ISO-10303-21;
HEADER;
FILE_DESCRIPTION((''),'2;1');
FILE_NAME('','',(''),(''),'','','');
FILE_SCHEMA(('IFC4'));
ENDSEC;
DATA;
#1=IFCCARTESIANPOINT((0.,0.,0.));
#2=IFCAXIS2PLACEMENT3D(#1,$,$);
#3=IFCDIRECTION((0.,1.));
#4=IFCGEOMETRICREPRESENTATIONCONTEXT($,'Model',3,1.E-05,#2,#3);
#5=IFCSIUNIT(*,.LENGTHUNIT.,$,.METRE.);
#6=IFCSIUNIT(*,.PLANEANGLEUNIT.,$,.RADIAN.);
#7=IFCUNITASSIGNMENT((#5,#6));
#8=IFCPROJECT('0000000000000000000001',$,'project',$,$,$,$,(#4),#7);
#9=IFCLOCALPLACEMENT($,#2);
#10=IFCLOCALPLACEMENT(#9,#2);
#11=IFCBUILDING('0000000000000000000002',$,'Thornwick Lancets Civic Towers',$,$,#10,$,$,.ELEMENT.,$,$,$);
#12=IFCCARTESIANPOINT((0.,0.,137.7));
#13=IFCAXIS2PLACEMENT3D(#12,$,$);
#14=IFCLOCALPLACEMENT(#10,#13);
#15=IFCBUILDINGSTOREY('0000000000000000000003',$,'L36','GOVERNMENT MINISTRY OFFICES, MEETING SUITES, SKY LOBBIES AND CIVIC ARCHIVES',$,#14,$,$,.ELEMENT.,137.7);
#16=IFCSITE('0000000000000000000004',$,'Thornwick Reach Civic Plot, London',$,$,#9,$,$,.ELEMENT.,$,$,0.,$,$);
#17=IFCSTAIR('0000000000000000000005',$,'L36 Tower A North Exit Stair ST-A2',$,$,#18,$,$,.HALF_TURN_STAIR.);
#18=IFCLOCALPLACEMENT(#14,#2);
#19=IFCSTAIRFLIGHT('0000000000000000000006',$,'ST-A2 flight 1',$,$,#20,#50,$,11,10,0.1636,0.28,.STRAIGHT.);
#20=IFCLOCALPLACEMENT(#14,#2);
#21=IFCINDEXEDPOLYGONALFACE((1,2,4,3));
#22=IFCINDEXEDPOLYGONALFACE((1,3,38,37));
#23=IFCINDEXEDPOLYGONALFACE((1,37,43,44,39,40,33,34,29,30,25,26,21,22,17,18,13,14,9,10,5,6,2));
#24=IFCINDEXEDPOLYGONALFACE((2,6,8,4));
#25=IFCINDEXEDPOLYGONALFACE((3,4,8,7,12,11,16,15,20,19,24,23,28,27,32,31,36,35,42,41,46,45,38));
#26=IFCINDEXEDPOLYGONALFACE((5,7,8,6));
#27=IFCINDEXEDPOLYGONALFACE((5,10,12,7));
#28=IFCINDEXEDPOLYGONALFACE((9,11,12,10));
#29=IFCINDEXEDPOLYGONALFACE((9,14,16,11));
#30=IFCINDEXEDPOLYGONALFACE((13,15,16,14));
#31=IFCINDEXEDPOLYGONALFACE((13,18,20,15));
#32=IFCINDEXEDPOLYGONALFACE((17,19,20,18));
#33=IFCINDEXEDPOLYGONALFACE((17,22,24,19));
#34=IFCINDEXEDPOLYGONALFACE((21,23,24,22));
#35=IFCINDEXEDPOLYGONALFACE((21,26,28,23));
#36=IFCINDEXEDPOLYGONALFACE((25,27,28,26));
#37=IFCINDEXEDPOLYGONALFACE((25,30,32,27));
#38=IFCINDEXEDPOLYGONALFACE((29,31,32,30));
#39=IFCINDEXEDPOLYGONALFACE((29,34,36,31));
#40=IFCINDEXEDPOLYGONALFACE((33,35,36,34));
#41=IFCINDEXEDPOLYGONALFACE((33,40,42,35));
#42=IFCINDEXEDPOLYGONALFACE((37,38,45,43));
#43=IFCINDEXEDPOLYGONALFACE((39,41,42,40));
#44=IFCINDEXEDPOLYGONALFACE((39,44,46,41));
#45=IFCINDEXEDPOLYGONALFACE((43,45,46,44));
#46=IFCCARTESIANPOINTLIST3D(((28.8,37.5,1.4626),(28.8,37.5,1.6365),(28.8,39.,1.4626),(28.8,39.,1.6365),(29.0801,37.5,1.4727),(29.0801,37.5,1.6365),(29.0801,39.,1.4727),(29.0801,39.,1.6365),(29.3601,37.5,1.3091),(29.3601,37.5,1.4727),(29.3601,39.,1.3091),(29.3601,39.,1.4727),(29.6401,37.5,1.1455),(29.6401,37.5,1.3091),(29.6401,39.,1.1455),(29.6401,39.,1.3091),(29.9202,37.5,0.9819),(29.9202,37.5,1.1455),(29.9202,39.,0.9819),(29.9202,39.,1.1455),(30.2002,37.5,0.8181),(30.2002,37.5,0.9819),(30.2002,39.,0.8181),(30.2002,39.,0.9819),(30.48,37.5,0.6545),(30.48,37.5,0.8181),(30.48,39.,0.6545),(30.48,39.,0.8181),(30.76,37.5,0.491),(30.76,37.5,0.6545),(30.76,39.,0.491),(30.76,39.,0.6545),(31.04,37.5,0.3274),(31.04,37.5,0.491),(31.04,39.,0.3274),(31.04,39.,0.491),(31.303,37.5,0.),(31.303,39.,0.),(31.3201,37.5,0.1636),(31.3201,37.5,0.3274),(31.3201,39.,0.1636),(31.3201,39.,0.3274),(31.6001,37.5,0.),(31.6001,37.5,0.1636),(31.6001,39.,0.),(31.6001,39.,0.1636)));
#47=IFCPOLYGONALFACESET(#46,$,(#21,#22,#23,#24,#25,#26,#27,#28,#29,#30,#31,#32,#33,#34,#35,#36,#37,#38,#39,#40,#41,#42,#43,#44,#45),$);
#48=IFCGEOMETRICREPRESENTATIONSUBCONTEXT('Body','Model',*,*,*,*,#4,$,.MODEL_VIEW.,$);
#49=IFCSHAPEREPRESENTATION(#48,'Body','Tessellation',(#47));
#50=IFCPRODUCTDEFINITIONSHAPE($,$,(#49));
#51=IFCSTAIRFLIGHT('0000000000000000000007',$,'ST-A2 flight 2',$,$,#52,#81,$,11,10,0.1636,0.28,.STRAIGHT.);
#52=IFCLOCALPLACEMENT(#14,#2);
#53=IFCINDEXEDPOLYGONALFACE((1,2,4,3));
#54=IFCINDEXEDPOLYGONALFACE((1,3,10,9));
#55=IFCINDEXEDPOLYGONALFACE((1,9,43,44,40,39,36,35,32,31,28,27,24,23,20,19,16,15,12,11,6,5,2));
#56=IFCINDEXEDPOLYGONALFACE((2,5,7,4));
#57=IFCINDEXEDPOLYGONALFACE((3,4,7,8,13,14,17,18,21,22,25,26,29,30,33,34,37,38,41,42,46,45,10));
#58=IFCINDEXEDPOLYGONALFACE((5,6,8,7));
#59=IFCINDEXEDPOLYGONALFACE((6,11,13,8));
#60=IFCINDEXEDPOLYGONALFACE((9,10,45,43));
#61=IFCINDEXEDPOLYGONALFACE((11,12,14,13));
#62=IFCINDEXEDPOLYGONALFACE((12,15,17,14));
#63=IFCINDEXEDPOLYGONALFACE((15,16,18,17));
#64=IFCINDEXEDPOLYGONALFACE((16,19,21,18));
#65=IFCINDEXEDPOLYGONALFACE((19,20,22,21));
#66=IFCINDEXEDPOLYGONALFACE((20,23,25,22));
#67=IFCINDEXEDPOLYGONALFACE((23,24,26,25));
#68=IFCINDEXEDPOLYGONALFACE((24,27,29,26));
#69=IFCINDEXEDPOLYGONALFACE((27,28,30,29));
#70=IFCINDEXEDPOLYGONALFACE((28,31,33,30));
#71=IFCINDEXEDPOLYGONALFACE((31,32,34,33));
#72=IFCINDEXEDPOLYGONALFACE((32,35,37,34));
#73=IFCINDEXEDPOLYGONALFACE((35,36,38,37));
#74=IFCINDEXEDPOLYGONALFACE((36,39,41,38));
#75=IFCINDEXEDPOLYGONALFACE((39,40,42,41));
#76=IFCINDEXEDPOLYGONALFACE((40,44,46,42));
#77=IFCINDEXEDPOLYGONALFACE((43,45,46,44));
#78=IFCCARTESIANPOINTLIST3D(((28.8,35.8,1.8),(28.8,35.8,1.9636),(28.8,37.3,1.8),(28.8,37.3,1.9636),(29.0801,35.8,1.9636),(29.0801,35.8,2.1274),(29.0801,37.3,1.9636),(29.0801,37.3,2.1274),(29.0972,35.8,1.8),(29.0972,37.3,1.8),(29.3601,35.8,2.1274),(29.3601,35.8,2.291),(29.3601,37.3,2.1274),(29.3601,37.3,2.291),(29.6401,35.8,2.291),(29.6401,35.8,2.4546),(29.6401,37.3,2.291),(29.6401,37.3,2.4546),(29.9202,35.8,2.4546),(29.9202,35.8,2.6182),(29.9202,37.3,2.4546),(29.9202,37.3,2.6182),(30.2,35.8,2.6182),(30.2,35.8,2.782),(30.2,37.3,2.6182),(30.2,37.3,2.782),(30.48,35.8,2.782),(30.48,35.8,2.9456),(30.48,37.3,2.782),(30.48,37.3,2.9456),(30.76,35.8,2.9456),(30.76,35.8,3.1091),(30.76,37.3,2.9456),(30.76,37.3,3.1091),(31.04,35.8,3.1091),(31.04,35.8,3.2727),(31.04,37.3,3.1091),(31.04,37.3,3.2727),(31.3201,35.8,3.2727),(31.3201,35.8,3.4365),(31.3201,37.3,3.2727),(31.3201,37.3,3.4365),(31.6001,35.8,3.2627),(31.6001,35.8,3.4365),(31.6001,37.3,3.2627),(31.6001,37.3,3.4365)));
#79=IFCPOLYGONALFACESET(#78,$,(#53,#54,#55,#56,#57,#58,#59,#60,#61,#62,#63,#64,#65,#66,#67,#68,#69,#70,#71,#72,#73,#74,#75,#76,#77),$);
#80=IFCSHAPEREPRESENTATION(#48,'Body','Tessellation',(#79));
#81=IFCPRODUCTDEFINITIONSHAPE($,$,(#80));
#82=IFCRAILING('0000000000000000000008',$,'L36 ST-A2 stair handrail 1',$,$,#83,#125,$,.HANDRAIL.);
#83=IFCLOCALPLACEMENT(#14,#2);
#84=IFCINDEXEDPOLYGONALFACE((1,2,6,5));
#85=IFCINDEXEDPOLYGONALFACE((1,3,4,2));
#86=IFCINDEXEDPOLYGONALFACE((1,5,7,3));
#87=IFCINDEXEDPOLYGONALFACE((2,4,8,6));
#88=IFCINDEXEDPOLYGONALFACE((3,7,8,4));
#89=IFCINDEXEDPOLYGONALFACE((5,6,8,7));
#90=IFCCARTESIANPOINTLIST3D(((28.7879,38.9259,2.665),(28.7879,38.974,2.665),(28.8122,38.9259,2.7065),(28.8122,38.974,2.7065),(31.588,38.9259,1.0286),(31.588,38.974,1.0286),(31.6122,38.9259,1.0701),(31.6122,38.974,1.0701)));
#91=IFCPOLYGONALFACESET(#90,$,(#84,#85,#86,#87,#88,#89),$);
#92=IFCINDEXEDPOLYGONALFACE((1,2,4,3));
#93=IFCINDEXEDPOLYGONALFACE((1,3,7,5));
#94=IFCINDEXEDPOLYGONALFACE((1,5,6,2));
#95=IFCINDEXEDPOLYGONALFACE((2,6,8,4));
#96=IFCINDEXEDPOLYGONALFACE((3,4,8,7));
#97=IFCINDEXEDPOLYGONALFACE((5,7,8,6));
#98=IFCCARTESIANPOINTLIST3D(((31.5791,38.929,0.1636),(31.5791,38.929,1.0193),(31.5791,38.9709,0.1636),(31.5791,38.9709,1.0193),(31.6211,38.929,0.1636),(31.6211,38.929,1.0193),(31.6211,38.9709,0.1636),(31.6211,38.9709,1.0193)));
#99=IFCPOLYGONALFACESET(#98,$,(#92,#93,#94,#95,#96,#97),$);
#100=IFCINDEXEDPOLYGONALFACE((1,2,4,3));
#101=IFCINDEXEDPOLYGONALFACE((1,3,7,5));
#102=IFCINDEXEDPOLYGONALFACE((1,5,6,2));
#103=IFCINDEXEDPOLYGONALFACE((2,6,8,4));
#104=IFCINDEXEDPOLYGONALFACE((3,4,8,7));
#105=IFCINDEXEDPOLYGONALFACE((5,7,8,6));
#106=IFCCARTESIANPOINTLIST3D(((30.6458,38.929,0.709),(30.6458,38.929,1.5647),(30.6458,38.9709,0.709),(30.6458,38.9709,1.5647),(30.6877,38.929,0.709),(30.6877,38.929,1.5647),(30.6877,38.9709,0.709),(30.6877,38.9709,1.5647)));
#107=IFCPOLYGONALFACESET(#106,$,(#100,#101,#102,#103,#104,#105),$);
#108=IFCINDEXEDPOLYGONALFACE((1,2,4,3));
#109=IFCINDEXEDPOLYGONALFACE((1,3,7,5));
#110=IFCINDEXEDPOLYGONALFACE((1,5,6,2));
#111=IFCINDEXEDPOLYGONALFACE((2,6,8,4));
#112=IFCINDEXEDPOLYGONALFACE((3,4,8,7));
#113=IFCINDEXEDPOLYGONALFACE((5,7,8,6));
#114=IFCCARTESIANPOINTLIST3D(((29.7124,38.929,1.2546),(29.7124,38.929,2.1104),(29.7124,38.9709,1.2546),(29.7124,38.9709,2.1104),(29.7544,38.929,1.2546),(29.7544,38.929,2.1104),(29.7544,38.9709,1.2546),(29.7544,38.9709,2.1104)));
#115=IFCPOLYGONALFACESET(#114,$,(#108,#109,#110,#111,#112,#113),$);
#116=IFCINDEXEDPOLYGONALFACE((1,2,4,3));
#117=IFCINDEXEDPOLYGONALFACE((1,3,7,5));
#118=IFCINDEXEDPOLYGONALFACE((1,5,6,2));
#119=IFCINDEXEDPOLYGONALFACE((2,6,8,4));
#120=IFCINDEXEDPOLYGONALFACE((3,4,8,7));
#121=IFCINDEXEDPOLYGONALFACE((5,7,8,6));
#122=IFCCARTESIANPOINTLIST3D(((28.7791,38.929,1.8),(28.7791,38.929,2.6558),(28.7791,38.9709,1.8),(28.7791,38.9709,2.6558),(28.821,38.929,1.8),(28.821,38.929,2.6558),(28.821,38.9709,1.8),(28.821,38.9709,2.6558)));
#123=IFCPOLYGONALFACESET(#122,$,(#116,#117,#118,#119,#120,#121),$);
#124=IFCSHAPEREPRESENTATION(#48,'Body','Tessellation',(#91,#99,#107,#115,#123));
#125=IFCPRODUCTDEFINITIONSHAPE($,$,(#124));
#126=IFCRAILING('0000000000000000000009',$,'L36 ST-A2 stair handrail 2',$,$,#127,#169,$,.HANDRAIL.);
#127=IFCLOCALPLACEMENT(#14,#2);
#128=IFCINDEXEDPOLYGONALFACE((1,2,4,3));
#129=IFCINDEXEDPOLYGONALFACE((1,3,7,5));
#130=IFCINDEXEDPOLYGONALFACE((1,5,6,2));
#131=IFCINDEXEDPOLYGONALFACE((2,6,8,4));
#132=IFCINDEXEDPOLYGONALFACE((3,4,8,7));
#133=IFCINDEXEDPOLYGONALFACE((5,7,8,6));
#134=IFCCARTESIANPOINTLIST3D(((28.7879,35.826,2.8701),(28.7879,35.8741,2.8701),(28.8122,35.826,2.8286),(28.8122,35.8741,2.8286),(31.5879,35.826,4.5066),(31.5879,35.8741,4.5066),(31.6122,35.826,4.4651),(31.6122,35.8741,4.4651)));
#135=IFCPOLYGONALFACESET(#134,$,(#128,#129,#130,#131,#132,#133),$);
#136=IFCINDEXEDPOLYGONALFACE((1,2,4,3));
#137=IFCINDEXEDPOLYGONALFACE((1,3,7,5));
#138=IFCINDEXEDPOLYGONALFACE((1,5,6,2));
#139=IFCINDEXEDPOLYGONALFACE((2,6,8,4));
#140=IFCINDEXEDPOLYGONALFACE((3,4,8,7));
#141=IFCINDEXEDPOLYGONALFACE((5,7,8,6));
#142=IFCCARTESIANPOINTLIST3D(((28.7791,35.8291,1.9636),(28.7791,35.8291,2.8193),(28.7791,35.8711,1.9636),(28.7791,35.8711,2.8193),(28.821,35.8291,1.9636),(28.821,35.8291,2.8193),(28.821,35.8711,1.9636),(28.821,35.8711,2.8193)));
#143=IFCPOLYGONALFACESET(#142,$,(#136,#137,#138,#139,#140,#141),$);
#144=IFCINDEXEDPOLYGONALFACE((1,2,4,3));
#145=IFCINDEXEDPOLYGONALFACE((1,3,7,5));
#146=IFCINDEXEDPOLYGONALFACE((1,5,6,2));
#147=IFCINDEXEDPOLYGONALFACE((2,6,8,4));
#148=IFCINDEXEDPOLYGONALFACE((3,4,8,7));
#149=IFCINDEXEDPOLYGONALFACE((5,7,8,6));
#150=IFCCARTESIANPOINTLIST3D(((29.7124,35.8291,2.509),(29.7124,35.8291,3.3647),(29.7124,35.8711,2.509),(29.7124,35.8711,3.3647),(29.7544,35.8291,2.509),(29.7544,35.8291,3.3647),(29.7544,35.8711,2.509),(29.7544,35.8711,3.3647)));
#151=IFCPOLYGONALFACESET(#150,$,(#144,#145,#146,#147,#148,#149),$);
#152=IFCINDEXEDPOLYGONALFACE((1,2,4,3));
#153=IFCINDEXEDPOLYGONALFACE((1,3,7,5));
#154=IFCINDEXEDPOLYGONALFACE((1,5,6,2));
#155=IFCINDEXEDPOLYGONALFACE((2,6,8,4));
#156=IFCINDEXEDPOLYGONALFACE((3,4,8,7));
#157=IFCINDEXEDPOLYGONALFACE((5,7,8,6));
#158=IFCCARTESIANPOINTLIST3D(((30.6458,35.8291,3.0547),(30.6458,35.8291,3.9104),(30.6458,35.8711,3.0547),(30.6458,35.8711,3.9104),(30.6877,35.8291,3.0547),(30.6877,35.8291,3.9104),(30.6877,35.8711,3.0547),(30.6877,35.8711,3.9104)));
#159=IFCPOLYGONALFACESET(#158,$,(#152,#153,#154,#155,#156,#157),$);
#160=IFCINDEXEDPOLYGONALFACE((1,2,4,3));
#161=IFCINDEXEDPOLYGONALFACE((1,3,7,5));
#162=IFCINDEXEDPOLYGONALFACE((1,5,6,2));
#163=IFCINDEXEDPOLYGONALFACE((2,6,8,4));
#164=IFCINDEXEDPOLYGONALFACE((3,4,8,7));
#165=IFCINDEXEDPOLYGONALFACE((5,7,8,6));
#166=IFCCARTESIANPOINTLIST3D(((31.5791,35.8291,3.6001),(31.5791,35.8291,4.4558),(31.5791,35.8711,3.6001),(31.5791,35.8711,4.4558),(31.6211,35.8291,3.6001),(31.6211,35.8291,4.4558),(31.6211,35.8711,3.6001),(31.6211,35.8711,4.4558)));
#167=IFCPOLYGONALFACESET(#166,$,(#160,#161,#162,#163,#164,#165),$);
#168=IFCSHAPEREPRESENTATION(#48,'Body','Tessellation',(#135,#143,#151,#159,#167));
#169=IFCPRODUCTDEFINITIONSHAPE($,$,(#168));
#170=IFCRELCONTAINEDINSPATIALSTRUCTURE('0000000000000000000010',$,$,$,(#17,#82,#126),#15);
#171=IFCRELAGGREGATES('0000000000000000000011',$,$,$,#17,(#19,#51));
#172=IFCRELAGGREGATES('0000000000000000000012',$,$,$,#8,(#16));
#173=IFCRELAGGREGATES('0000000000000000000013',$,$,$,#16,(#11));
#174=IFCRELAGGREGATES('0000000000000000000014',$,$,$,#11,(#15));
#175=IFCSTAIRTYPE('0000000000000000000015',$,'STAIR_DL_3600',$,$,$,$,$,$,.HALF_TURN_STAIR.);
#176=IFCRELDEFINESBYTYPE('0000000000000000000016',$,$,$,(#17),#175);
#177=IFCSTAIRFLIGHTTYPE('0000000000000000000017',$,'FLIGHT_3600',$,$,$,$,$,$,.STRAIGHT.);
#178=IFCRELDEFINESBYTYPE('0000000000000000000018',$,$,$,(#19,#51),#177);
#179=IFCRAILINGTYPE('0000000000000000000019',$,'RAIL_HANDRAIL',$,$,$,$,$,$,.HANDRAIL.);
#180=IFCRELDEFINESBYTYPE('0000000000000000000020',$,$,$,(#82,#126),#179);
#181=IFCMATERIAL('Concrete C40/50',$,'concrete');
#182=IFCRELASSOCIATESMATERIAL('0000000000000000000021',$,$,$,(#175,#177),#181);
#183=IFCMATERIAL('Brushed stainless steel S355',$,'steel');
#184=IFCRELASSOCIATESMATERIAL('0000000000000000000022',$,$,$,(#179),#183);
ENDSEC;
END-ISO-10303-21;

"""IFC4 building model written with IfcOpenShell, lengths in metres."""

from ifc_helpers import new_model, si_unit, direction, frame, origin, origin_2d, place, context, subcontext, project, spatial, polyline, rectangle, outline, extrude, material, type_object, element, aggregate, save


model = new_model("IFC4")

# Units and contexts
model_context = context("Model", 3, precision=1e-05, world=origin(), true_north=direction((0.0, 1.0)))
body_context = subcontext(model_context, "Body", "Model", "MODEL_VIEW")
ifc_project = project(units=[si_unit("LENGTHUNIT", "METRE"), si_unit("PLANEANGLEUNIT", "RADIAN")], contexts=[model_context])

# Site, building, storey
site_placement = place(None, origin())
site = spatial("IfcSite", under=ifc_project, at=site_placement, Name="Thornwick Reach Civic Plot, London", CompositionType="ELEMENT", RefElevation=0.0)
building_placement = place(site_placement, origin())
building = spatial("IfcBuilding", under=site, at=building_placement, Name="Thornwick Lancets Civic Towers", CompositionType="ELEMENT")
storey_placement = place(building_placement, frame((0.0, 0.0, 137.7)))
storey = spatial("IfcBuildingStorey", under=building, at=storey_placement, Name="L36", Description="GOVERNMENT MINISTRY OFFICES, MEETING SUITES, SKY LOBBIES AND CIVIC ARCHIVES", CompositionType="ELEMENT", Elevation=137.7)

# Shared definitions
ifc_material_1 = material(Name="Concrete C40/50", Category="concrete")

# Stair, stair flights
stair_type = type_object("IfcStairType", Name="STAIR_DL_3600", PredefinedType="HALF_TURN_STAIR", material=ifc_material_1)
stair_placement = place(storey_placement, origin())
stair = element("IfcStair", 1, at=stair_placement, inside=storey, type_object=stair_type, Name="L36 Tower A North Exit Stair ST-A2", PredefinedType="HALF_TURN_STAIR")
stair_flight_type = type_object("IfcStairFlightType", Name="FLIGHT_3600", PredefinedType="STRAIGHT", material=ifc_material_1)
stair_flight_1_placement = place(storey_placement, frame((31.6001, 38.25, 0.0), z_axis=(0.0, 0.0, 1.0), x_axis=(-1.0, 0.0, 0.0)))
stair_flight_1 = element("IfcStairFlight", 2, at=stair_flight_1_placement, type_object=stair_flight_type, Name="ST-A2 flight 1", NumberOfRisers=11, NumberOfTreads=10, PredefinedType="STRAIGHT", RiserHeight=0.1636, TreadLength=0.28, context=body_context, shape_type="SweptSolid", body=[
    extrude(outline(polyline([(0.0, 0.0), (0.0, 0.1636), (0.28, 0.1636), (0.28, 0.3274), (0.5601, 0.3274), (0.5601, 0.491), (0.8401, 0.491), (0.8401, 0.6545), (1.1201, 0.6545), (1.1201, 0.8181), (1.3999, 0.8181), (1.3999, 0.9819), (1.6799, 0.9819), (1.6799, 1.1455), (1.96, 1.1455), (1.96, 1.3091), (2.24, 1.3091), (2.24, 1.4727), (2.52, 1.4727), (2.52, 1.6365), (2.8, 1.6365), (2.8, 1.8), (2.8, 1.4626), (0.2971, 0.0), (0.0, 0.0)])), frame((0.0, 0.75, 0.0), z_axis=(0.0, -1.0, 0.0), x_axis=(1.0, 0.0, 0.0)), (0.0, 0.0, 1.0), 1.5),
])
stair_flight_2_placement = place(storey_placement, frame((28.8, 36.55, 1.8), z_axis=(0.0, 0.0, 1.0), x_axis=(1.0, 0.0, 0.0)))
stair_flight_2 = element("IfcStairFlight", 3, at=stair_flight_2_placement, type_object=stair_flight_type, Name="ST-A2 flight 2", NumberOfRisers=11, NumberOfTreads=10, PredefinedType="STRAIGHT", RiserHeight=0.1636, TreadLength=0.28, context=body_context, shape_type="SweptSolid", body=[
    extrude(outline(polyline([(0.0, 0.0), (0.0, 0.1636), (0.28, 0.1636), (0.28, 0.3274), (0.5601, 0.3274), (0.5601, 0.491), (0.8401, 0.491), (0.8401, 0.6545), (1.1201, 0.6545), (1.1201, 0.8181), (1.3999, 0.8181), (1.3999, 0.9819), (1.6799, 0.9819), (1.6799, 1.1455), (1.96, 1.1455), (1.96, 1.3091), (2.24, 1.3091), (2.24, 1.4727), (2.52, 1.4727), (2.52, 1.6365), (2.8, 1.6365), (2.8, 1.8), (2.8, 1.4626), (0.2971, 0.0), (0.0, 0.0)])), frame((0.0, 0.75, 0.0), z_axis=(0.0, -1.0, 0.0), x_axis=(1.0, 0.0, 0.0)), (0.0, 0.0, 1.0), 1.5),
])
aggregate(stair, [stair_flight_1, stair_flight_2])

# Railings
ifc_material_2 = material(Name="Brushed stainless steel S355", Category="steel")
railing_type_1 = type_object("IfcRailingType", Name="RAIL_HANDRAIL", PredefinedType="HANDRAIL", material=ifc_material_2)
railing_1_placement = place(storey_placement, frame((31.6001, 38.95, 0.1636)))
element("IfcRailing", 4, at=railing_1_placement, inside=storey, type_object=railing_type_1, Name="L36 ST-A2 stair handrail 1", PredefinedType="HANDRAIL", context=body_context, shape_type="SweptSolid", body=[
    extrude(rectangle(XDim=0.0481, YDim=0.0481, at=origin_2d()), frame((0.0, 0.0, 0.8857), z_axis=(-0.863361, 0.0, 0.504587), x_axis=(0.0, -1.0, 0.0)), (0.0, 0.0, 1.0), 3.2432),
    extrude(rectangle(XDim=0.042, YDim=0.042, at=origin_2d()), origin(), (0.0, 0.0, 1.0), 0.8557),
    extrude(rectangle(XDim=0.042, YDim=0.042, at=origin_2d()), frame((-0.9333, 0.0, 0.5454)), (0.0, 0.0, 1.0), 0.8557),
    extrude(rectangle(XDim=0.042, YDim=0.042, at=origin_2d()), frame((-1.8667, 0.0, 1.0911)), (0.0, 0.0, 1.0), 0.8557),
    extrude(rectangle(XDim=0.042, YDim=0.042, at=origin_2d()), frame((-2.8, 0.0, 1.6365)), (0.0, 0.0, 1.0), 0.8557),
])
railing_2_placement = place(storey_placement, frame((28.8, 35.8501, 1.9636)))
element("IfcRailing", 5, at=railing_2_placement, inside=storey, type_object=railing_type_1, Name="L36 ST-A2 stair handrail 2", PredefinedType="HANDRAIL", context=body_context, shape_type="SweptSolid", body=[
    extrude(rectangle(XDim=0.0481, YDim=0.0481, at=origin_2d()), frame((0.0, 0.0, 0.8857), z_axis=(0.863361, 0.0, 0.504587), x_axis=(0.0, 1.0, 0.0)), (0.0, 0.0, 1.0), 3.2432),
    extrude(rectangle(XDim=0.042, YDim=0.042, at=origin_2d()), origin(), (0.0, 0.0, 1.0), 0.8557),
    extrude(rectangle(XDim=0.042, YDim=0.042, at=origin_2d()), frame((0.9333, 0.0, 0.5454)), (0.0, 0.0, 1.0), 0.8557),
    extrude(rectangle(XDim=0.042, YDim=0.042, at=origin_2d()), frame((1.8667, 0.0, 1.0911)), (0.0, 0.0, 1.0), 0.8557),
    extrude(rectangle(XDim=0.042, YDim=0.042, at=origin_2d()), frame((2.8, 0.0, 1.6365)), (0.0, 0.0, 1.0), 0.8557),
])

save(model, "model.ifc")
